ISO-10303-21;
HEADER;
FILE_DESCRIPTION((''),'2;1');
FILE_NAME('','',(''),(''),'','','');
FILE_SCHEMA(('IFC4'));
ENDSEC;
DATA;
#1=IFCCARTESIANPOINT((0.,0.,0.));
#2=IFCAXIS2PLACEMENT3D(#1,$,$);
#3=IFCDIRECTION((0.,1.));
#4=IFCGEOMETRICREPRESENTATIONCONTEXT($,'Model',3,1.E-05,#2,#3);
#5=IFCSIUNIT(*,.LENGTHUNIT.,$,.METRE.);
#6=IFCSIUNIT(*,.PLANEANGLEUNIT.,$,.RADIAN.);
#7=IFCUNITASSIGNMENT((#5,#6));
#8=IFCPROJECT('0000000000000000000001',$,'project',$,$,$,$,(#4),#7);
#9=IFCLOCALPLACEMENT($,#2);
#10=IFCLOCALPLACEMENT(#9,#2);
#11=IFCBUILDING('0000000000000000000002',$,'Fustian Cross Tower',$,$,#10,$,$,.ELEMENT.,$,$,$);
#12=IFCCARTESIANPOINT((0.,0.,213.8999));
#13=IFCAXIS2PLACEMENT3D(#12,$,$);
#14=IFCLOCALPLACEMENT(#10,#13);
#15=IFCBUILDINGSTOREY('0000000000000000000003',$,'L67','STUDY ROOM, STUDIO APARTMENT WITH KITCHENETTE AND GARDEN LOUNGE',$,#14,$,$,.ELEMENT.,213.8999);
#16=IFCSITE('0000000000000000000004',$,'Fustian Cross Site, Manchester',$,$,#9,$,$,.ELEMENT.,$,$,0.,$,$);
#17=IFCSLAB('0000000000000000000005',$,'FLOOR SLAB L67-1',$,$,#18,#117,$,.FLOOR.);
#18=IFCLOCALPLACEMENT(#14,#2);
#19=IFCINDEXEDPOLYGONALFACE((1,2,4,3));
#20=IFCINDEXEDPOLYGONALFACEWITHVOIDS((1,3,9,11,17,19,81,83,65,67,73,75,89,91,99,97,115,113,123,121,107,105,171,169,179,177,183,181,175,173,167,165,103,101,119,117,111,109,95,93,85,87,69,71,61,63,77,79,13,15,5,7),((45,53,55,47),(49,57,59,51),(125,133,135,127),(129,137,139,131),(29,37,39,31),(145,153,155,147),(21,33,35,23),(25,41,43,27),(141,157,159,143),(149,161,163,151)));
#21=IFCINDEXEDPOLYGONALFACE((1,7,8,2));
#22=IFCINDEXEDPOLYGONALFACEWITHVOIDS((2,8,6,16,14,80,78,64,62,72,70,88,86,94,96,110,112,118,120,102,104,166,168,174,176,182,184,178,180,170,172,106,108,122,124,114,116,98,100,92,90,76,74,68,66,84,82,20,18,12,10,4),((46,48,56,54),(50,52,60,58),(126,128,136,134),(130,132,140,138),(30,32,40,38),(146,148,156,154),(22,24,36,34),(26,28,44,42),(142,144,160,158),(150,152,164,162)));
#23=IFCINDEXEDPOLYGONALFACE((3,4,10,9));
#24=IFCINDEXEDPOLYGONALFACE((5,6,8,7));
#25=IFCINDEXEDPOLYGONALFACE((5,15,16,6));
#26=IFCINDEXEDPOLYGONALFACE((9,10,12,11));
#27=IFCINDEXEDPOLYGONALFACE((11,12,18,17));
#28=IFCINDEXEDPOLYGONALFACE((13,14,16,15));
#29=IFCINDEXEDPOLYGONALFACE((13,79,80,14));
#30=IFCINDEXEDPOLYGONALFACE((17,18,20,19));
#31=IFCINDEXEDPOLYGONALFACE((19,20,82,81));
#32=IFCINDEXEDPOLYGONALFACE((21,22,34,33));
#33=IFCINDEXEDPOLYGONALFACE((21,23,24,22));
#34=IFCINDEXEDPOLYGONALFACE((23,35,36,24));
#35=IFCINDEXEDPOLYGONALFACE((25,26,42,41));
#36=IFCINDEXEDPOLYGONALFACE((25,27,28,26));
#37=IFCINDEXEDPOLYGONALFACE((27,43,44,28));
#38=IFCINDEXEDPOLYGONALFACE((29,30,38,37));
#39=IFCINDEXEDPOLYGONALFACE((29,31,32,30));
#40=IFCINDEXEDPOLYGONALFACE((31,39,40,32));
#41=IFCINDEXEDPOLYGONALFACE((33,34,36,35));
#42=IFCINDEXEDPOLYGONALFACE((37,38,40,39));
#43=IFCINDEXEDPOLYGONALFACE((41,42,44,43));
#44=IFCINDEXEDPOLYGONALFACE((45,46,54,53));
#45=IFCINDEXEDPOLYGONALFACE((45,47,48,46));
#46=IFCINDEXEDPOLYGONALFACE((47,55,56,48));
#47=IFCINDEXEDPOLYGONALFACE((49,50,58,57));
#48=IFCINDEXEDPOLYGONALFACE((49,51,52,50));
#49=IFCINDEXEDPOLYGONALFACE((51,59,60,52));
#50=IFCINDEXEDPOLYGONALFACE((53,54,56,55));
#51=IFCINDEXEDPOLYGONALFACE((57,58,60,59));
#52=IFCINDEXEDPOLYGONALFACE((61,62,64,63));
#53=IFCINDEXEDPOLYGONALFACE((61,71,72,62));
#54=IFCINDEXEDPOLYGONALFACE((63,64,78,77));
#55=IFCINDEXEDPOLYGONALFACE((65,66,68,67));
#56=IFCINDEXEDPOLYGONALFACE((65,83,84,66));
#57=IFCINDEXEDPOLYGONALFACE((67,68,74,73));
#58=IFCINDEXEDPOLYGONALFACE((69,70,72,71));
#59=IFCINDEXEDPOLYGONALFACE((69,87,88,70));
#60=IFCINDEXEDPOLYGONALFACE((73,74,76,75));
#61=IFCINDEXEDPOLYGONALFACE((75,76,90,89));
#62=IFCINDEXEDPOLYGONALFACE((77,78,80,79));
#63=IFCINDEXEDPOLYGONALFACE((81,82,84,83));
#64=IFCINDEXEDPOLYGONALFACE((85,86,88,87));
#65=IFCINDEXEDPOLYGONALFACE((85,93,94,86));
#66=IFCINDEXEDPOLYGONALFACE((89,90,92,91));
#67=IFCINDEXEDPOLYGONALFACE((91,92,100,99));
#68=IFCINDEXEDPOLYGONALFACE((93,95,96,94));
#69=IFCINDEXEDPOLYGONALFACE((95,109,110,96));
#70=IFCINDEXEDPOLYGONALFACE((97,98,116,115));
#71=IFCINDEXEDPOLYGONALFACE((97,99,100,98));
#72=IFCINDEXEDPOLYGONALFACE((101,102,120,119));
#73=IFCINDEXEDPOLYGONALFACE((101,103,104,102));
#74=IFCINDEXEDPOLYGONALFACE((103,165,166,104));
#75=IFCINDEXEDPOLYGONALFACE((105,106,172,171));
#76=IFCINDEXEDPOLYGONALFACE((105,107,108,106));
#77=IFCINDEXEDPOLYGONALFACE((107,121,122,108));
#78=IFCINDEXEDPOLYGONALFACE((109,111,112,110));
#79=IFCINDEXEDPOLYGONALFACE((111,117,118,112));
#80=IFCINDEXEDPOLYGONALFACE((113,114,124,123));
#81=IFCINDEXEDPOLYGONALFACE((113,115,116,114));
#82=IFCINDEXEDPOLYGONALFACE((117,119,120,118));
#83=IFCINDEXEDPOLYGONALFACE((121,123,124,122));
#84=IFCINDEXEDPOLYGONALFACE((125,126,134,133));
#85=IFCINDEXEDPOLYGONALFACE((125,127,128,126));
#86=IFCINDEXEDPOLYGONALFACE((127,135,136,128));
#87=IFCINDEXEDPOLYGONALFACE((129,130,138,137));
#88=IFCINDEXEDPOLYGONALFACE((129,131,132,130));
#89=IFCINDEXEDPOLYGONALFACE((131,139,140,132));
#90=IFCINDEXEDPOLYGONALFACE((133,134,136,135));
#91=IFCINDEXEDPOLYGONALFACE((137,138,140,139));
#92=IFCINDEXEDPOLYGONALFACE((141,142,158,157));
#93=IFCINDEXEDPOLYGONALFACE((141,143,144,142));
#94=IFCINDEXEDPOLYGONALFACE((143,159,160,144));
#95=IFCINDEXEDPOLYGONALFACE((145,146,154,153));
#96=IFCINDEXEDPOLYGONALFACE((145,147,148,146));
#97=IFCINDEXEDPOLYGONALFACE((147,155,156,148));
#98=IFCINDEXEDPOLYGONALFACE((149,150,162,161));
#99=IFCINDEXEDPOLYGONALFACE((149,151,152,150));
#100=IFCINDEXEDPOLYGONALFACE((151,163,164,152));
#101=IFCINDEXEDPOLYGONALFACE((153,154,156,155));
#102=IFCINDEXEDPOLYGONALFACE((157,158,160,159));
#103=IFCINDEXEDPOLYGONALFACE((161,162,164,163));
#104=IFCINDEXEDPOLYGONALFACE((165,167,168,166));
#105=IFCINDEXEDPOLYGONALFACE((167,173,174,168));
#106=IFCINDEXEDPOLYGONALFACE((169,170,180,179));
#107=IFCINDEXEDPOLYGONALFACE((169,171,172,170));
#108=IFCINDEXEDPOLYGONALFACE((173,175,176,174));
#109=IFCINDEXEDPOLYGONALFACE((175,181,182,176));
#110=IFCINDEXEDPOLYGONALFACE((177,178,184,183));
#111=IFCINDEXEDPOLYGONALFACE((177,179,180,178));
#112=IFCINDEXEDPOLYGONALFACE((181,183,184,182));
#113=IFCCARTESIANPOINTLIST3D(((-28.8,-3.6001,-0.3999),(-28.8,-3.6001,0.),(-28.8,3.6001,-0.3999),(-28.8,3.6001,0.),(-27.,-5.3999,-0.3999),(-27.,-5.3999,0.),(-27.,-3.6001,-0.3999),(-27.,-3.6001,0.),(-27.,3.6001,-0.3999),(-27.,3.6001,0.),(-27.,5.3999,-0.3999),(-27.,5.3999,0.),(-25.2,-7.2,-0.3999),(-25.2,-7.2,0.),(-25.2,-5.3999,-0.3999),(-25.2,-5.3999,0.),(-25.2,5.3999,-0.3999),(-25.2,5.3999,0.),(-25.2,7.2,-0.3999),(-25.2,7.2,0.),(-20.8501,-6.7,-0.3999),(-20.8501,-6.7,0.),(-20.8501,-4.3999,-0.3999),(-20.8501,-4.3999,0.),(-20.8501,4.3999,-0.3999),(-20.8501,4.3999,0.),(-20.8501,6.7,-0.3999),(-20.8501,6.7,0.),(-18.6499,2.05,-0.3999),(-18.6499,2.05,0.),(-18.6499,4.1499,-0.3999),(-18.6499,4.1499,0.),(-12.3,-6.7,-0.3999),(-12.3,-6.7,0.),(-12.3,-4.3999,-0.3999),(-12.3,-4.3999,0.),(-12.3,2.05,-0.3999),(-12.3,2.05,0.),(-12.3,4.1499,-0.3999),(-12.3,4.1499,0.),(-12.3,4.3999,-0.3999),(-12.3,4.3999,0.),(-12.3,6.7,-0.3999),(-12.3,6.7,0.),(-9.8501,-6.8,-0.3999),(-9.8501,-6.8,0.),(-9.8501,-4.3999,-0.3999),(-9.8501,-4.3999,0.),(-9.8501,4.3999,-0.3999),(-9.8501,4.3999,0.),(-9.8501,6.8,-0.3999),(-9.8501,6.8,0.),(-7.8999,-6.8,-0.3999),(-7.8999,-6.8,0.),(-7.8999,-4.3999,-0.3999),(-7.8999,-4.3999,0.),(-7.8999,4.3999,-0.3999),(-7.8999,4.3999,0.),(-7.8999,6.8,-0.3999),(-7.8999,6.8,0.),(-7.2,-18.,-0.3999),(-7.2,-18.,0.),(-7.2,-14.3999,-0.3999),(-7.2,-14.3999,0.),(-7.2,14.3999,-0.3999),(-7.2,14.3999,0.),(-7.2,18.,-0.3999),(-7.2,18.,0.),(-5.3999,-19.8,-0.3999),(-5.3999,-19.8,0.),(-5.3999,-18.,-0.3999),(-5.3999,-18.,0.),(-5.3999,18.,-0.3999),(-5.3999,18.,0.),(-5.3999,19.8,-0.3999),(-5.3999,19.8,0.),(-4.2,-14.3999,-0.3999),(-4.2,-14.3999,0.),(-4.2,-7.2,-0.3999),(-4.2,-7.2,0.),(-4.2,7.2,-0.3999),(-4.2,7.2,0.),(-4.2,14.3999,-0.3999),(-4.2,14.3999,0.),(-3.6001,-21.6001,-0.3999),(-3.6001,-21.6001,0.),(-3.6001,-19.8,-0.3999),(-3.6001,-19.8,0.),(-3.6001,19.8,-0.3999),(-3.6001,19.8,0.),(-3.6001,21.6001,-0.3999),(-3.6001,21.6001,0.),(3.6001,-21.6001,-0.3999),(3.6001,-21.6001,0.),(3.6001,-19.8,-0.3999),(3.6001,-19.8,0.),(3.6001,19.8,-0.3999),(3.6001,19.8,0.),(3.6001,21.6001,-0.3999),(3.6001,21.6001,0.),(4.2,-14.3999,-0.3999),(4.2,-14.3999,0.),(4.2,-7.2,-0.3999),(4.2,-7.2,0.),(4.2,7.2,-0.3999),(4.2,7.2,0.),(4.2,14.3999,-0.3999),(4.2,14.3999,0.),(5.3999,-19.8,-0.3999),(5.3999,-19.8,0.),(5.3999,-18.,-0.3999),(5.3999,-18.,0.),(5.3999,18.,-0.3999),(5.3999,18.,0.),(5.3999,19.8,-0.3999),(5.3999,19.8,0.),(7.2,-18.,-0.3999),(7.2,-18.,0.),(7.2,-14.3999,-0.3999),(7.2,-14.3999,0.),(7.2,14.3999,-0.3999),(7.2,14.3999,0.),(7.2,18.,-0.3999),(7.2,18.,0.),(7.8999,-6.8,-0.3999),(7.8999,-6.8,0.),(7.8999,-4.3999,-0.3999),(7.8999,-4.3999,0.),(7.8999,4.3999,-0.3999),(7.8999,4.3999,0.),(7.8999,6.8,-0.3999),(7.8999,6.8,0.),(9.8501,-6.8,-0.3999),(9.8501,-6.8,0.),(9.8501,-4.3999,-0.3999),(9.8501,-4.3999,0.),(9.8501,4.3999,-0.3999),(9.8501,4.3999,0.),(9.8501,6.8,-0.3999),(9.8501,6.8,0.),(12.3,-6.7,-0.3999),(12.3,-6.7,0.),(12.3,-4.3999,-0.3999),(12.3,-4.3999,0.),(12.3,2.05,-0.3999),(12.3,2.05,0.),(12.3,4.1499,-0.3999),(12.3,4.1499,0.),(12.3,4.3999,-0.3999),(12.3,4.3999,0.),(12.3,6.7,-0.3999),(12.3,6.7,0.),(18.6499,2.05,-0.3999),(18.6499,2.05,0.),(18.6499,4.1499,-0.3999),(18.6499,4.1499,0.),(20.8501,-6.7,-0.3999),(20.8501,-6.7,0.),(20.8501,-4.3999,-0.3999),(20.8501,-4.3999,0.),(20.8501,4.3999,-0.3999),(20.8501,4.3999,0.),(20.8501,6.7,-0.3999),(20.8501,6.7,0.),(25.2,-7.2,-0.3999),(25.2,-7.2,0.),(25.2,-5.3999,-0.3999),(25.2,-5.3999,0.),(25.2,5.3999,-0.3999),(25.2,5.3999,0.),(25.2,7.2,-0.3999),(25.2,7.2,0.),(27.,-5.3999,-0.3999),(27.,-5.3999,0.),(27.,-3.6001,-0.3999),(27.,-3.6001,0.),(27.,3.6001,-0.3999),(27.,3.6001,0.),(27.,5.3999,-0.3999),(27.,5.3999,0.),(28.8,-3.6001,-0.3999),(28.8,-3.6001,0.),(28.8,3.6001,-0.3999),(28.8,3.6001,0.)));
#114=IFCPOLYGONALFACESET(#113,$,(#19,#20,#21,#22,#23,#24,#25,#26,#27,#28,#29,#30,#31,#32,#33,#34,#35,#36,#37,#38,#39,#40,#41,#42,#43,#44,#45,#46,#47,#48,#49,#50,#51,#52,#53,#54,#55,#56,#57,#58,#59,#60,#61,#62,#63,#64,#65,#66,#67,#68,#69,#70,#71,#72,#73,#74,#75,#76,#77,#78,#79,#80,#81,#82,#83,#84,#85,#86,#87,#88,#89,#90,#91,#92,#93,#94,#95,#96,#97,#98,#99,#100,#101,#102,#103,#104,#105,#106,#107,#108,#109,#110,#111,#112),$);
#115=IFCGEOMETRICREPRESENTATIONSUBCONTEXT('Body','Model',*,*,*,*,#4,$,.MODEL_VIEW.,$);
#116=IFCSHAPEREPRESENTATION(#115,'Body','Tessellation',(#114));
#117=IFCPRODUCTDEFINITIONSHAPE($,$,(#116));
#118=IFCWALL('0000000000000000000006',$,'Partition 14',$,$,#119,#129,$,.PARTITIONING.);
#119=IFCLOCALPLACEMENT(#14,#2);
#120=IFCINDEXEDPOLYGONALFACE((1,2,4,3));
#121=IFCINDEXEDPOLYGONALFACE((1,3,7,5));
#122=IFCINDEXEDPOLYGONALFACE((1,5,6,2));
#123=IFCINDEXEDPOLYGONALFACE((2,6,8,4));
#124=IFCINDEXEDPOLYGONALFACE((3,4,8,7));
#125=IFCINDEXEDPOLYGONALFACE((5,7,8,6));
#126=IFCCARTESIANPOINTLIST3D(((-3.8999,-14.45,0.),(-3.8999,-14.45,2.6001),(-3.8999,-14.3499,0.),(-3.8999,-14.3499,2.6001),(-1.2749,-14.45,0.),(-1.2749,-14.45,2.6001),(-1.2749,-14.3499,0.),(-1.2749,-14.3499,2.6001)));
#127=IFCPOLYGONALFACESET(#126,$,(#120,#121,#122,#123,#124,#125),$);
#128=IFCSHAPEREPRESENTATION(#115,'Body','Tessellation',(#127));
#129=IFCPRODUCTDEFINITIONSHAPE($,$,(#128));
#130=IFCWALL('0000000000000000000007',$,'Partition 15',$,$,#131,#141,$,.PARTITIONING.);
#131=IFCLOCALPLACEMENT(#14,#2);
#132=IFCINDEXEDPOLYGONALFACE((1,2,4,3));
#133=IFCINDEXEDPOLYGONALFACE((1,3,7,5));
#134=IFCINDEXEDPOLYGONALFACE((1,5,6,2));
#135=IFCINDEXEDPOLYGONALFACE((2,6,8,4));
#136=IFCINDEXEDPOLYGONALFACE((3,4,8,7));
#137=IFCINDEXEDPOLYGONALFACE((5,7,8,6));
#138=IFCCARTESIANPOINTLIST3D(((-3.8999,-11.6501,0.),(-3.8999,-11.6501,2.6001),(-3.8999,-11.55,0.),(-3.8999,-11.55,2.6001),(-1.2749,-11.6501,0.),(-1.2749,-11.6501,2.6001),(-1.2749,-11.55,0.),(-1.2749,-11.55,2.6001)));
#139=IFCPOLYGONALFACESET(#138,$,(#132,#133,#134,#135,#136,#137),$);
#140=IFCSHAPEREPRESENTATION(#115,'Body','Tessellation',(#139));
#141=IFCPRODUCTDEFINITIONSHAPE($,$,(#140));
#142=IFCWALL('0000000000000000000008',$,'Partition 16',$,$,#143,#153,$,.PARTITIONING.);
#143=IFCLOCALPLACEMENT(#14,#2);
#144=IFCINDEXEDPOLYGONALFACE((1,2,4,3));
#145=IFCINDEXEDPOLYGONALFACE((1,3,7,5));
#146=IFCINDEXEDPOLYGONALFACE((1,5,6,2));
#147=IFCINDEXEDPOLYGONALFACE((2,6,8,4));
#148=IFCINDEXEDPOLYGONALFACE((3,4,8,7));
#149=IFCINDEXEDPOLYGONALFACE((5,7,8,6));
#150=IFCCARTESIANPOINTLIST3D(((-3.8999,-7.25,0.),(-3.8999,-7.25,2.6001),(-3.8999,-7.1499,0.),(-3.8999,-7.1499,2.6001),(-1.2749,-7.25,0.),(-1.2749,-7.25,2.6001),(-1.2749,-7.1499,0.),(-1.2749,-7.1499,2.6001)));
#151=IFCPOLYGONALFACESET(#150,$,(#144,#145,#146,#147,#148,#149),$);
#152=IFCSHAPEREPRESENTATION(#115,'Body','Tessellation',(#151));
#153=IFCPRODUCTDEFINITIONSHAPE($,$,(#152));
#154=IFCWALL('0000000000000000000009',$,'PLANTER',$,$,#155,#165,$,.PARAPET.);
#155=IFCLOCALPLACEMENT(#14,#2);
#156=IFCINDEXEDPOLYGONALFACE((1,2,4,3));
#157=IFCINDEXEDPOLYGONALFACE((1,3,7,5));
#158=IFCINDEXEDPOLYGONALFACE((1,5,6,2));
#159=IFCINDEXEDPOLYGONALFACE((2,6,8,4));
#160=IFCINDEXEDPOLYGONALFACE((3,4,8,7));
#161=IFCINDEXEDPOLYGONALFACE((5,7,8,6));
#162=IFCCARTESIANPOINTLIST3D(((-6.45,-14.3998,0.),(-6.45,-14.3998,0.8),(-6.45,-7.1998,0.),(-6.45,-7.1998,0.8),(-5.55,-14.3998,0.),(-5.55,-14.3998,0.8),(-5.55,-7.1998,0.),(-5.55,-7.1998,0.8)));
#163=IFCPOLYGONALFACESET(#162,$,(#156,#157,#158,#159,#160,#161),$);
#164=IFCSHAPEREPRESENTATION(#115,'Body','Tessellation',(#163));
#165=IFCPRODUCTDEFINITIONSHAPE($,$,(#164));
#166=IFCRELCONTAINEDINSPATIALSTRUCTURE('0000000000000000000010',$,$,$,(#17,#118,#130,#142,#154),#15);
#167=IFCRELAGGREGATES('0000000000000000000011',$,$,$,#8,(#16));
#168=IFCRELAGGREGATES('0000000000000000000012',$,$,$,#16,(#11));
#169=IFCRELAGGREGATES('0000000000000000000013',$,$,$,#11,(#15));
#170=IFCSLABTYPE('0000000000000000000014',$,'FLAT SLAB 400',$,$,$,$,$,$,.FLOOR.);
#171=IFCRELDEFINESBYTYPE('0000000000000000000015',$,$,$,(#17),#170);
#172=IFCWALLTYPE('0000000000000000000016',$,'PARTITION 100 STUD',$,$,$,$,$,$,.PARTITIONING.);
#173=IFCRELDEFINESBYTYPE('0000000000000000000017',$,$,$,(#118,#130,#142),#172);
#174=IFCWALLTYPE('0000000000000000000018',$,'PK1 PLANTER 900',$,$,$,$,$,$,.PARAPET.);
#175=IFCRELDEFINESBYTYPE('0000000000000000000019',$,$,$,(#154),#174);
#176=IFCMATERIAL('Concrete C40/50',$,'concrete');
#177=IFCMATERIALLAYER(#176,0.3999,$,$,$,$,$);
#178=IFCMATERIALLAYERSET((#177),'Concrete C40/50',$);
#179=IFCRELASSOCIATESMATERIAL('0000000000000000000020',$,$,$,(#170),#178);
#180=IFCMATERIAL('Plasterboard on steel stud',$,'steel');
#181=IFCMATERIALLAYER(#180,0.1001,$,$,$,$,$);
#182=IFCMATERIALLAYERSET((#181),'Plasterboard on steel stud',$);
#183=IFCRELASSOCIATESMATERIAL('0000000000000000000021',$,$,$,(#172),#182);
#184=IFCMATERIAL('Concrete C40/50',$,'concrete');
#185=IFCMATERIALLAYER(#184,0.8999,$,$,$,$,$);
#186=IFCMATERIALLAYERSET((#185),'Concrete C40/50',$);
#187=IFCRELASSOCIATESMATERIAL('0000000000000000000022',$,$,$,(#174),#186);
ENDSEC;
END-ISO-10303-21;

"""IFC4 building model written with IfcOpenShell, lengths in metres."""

from ifc_helpers import new_model, si_unit, direction, frame, frame_2d, origin, place, context, subcontext, project, spatial, polyline, rectangle, outline, extrude, material, layer, layer_set, type_object, element, save


model = new_model("IFC4")

# Units and contexts
model_context = context("Model", 3, precision=1e-05, world=origin(), true_north=direction((0.0, 1.0)))
body_context = subcontext(model_context, "Body", "Model", "MODEL_VIEW")
ifc_project = project(units=[si_unit("LENGTHUNIT", "METRE"), si_unit("PLANEANGLEUNIT", "RADIAN")], contexts=[model_context])

# Site, building, storey
site_placement = place(None, origin())
site = spatial("IfcSite", under=ifc_project, at=site_placement, Name="Fustian Cross Site, Manchester", CompositionType="ELEMENT", RefElevation=0.0)
building_placement = place(site_placement, origin())
building = spatial("IfcBuilding", under=site, at=building_placement, Name="Fustian Cross Tower", CompositionType="ELEMENT")
storey_placement = place(building_placement, frame((0.0, 0.0, 213.8999)))
storey = spatial("IfcBuildingStorey", under=building, at=storey_placement, Name="L67", Description="STUDY ROOM, STUDIO APARTMENT WITH KITCHENETTE AND GARDEN LOUNGE", CompositionType="ELEMENT", Elevation=213.8999)

# Slab
ifc_material_1 = material(Name="Concrete C40/50", Category="concrete")
ifc_layer_1 = layer(ifc_material_1, 0.3999)
ifc_layer_set_1 = layer_set([ifc_layer_1], Name="Concrete C40/50")
slab_type_1 = type_object("IfcSlabType", Name="FLAT SLAB 400", PredefinedType="FLOOR", material=ifc_layer_set_1)
slab_1_placement = place(storey_placement, frame((0.0, 0.0, -0.3999)))
element("IfcSlab", 1, at=slab_1_placement, inside=storey, type_object=slab_type_1, Name="FLOOR SLAB L67-1", PredefinedType="FLOOR", context=body_context, shape_type="SweptSolid", body=[
    extrude(outline(polyline([(-3.6001, -19.8), (-5.3999, -19.8), (-5.3999, -18.0), (-7.2, -18.0), (-7.2, -14.3999), (-4.2, -14.3999), (-4.2, -7.2), (-25.2, -7.2), (-25.2, -5.3999), (-27.0, -5.3999), (-27.0, -3.6001), (-28.8, -3.6001), (-28.8, 3.6001), (-27.0, 3.6001), (-27.0, 5.3999), (-25.2, 5.3999), (-25.2, 7.2), (-4.2, 7.2), (-4.2, 14.3999), (-7.2, 14.3999), (-7.2, 18.0), (-5.3999, 18.0), (-5.3999, 19.8), (-3.6001, 19.8), (-3.6001, 21.6001), (3.6001, 21.6001), (3.6001, 19.8), (5.3999, 19.8), (5.3999, 18.0), (7.2, 18.0), (7.2, 14.3999), (4.2, 14.3999), (4.2, 7.2), (25.2, 7.2), (25.2, 5.3999), (27.0, 5.3999), (27.0, 3.6001), (28.8, 3.6001), (28.8, -3.6001), (27.0, -3.6001), (27.0, -5.3999), (25.2, -5.3999), (25.2, -7.2), (4.2, -7.2), (4.2, -14.3999), (7.2, -14.3999), (7.2, -18.0), (5.3999, -18.0), (5.3999, -19.8), (3.6001, -19.8), (3.6001, -21.6001), (-3.6001, -21.6001), (-3.6001, -19.8)]), holes=[polyline([(7.8999, 6.8), (7.8999, 4.3999), (9.8501, 4.3999), (9.8501, 6.8), (7.8999, 6.8)]), polyline([(9.8501, -4.3999), (7.8999, -4.3999), (7.8999, -6.8), (9.8501, -6.8), (9.8501, -4.3999)]), polyline([(-7.8999, 4.3999), (-7.8999, 6.8), (-9.8501, 6.8), (-9.8501, 4.3999), (-7.8999, 4.3999)]), polyline([(-9.8501, -6.8), (-7.8999, -6.8), (-7.8999, -4.3999), (-9.8501, -4.3999), (-9.8501, -6.8)]), polyline([(12.3, 4.1499), (12.3, 2.05), (18.6499, 2.05), (18.6499, 4.1499), (12.3, 4.1499)]), polyline([(-12.3, 4.1499), (-18.6499, 4.1499), (-18.6499, 2.05), (-12.3, 2.05), (-12.3, 4.1499)]), polyline([(20.8501, 4.3999), (20.8501, 6.7), (12.3, 6.7), (12.3, 4.3999), (20.8501, 4.3999)]), polyline([(12.3, -6.7), (20.8501, -6.7), (20.8501, -4.3999), (12.3, -4.3999), (12.3, -6.7)]), polyline([(-20.8501, 6.7), (-20.8501, 4.3999), (-12.3, 4.3999), (-12.3, 6.7), (-20.8501, 6.7)]), polyline([(-12.3, -4.3999), (-20.8501, -4.3999), (-20.8501, -6.7), (-12.3, -6.7), (-12.3, -4.3999)])]), origin(), (0.0, 0.0, 1.0), 0.3999),
])

# Walls
ifc_material_2 = material(Name="Plasterboard on steel stud", Category="steel")
ifc_layer_2 = layer(ifc_material_2, 0.1001)
ifc_layer_set_2 = layer_set([ifc_layer_2], Name="Plasterboard on steel stud")
wall_type_1 = type_object("IfcWallType", Name="PARTITION 100 STUD", PredefinedType="PARTITIONING", material=ifc_layer_set_2)
for number, where, z_axis, x_axis, name in (
    (2, (-3.8999, -14.3999, 0.0), (0.0, 0.0, 1.0), (1.0, 0.0, 0.0), "Partition 14"),
    (3, (-3.8999, -11.6001, 0.0), (0.0, 0.0, 1.0), (1.0, 0.0, 0.0), "Partition 15"),
    (4, (-3.8999, -7.2, 0.0), (0.0, 0.0, 1.0), (1.0, 0.0, 0.0), "Partition 16"),
):
    element("IfcWall", number, at=place(storey_placement, frame(where, z_axis=z_axis, x_axis=x_axis)), inside=storey, type_object=wall_type_1, Name=name, PredefinedType="PARTITIONING", context=body_context, shape_type="SweptSolid", body=[
        extrude(rectangle(XDim=2.625, YDim=0.1001, at=frame_2d((1.3125, 0.0))), origin(), (0.0, 0.0, 1.0), 2.6001),
    ])
ifc_material_3 = material(Name="Concrete C40/50", Category="concrete")
ifc_layer_3 = layer(ifc_material_3, 0.8999)
ifc_layer_set_3 = layer_set([ifc_layer_3], Name="Concrete C40/50")
wall_type_2 = type_object("IfcWallType", Name="PK1 PLANTER 900", PredefinedType="PARAPET", material=ifc_layer_set_3)
wall_1_placement = place(storey_placement, frame((-6.0, -14.3999, 0.0), z_axis=(0.0, 0.0, 1.0), x_axis=(0.0, 1.0, 0.0)))
element("IfcWall", 5, at=wall_1_placement, inside=storey, type_object=wall_type_2, Name="PLANTER", PredefinedType="PARAPET", context=body_context, shape_type="SweptSolid", body=[
    extrude(rectangle(XDim=7.2, YDim=0.8999, at=frame_2d((3.6001, 0.0))), origin(), (0.0, 0.0, 1.0), 0.8),
])

save(model, "model.ifc")
